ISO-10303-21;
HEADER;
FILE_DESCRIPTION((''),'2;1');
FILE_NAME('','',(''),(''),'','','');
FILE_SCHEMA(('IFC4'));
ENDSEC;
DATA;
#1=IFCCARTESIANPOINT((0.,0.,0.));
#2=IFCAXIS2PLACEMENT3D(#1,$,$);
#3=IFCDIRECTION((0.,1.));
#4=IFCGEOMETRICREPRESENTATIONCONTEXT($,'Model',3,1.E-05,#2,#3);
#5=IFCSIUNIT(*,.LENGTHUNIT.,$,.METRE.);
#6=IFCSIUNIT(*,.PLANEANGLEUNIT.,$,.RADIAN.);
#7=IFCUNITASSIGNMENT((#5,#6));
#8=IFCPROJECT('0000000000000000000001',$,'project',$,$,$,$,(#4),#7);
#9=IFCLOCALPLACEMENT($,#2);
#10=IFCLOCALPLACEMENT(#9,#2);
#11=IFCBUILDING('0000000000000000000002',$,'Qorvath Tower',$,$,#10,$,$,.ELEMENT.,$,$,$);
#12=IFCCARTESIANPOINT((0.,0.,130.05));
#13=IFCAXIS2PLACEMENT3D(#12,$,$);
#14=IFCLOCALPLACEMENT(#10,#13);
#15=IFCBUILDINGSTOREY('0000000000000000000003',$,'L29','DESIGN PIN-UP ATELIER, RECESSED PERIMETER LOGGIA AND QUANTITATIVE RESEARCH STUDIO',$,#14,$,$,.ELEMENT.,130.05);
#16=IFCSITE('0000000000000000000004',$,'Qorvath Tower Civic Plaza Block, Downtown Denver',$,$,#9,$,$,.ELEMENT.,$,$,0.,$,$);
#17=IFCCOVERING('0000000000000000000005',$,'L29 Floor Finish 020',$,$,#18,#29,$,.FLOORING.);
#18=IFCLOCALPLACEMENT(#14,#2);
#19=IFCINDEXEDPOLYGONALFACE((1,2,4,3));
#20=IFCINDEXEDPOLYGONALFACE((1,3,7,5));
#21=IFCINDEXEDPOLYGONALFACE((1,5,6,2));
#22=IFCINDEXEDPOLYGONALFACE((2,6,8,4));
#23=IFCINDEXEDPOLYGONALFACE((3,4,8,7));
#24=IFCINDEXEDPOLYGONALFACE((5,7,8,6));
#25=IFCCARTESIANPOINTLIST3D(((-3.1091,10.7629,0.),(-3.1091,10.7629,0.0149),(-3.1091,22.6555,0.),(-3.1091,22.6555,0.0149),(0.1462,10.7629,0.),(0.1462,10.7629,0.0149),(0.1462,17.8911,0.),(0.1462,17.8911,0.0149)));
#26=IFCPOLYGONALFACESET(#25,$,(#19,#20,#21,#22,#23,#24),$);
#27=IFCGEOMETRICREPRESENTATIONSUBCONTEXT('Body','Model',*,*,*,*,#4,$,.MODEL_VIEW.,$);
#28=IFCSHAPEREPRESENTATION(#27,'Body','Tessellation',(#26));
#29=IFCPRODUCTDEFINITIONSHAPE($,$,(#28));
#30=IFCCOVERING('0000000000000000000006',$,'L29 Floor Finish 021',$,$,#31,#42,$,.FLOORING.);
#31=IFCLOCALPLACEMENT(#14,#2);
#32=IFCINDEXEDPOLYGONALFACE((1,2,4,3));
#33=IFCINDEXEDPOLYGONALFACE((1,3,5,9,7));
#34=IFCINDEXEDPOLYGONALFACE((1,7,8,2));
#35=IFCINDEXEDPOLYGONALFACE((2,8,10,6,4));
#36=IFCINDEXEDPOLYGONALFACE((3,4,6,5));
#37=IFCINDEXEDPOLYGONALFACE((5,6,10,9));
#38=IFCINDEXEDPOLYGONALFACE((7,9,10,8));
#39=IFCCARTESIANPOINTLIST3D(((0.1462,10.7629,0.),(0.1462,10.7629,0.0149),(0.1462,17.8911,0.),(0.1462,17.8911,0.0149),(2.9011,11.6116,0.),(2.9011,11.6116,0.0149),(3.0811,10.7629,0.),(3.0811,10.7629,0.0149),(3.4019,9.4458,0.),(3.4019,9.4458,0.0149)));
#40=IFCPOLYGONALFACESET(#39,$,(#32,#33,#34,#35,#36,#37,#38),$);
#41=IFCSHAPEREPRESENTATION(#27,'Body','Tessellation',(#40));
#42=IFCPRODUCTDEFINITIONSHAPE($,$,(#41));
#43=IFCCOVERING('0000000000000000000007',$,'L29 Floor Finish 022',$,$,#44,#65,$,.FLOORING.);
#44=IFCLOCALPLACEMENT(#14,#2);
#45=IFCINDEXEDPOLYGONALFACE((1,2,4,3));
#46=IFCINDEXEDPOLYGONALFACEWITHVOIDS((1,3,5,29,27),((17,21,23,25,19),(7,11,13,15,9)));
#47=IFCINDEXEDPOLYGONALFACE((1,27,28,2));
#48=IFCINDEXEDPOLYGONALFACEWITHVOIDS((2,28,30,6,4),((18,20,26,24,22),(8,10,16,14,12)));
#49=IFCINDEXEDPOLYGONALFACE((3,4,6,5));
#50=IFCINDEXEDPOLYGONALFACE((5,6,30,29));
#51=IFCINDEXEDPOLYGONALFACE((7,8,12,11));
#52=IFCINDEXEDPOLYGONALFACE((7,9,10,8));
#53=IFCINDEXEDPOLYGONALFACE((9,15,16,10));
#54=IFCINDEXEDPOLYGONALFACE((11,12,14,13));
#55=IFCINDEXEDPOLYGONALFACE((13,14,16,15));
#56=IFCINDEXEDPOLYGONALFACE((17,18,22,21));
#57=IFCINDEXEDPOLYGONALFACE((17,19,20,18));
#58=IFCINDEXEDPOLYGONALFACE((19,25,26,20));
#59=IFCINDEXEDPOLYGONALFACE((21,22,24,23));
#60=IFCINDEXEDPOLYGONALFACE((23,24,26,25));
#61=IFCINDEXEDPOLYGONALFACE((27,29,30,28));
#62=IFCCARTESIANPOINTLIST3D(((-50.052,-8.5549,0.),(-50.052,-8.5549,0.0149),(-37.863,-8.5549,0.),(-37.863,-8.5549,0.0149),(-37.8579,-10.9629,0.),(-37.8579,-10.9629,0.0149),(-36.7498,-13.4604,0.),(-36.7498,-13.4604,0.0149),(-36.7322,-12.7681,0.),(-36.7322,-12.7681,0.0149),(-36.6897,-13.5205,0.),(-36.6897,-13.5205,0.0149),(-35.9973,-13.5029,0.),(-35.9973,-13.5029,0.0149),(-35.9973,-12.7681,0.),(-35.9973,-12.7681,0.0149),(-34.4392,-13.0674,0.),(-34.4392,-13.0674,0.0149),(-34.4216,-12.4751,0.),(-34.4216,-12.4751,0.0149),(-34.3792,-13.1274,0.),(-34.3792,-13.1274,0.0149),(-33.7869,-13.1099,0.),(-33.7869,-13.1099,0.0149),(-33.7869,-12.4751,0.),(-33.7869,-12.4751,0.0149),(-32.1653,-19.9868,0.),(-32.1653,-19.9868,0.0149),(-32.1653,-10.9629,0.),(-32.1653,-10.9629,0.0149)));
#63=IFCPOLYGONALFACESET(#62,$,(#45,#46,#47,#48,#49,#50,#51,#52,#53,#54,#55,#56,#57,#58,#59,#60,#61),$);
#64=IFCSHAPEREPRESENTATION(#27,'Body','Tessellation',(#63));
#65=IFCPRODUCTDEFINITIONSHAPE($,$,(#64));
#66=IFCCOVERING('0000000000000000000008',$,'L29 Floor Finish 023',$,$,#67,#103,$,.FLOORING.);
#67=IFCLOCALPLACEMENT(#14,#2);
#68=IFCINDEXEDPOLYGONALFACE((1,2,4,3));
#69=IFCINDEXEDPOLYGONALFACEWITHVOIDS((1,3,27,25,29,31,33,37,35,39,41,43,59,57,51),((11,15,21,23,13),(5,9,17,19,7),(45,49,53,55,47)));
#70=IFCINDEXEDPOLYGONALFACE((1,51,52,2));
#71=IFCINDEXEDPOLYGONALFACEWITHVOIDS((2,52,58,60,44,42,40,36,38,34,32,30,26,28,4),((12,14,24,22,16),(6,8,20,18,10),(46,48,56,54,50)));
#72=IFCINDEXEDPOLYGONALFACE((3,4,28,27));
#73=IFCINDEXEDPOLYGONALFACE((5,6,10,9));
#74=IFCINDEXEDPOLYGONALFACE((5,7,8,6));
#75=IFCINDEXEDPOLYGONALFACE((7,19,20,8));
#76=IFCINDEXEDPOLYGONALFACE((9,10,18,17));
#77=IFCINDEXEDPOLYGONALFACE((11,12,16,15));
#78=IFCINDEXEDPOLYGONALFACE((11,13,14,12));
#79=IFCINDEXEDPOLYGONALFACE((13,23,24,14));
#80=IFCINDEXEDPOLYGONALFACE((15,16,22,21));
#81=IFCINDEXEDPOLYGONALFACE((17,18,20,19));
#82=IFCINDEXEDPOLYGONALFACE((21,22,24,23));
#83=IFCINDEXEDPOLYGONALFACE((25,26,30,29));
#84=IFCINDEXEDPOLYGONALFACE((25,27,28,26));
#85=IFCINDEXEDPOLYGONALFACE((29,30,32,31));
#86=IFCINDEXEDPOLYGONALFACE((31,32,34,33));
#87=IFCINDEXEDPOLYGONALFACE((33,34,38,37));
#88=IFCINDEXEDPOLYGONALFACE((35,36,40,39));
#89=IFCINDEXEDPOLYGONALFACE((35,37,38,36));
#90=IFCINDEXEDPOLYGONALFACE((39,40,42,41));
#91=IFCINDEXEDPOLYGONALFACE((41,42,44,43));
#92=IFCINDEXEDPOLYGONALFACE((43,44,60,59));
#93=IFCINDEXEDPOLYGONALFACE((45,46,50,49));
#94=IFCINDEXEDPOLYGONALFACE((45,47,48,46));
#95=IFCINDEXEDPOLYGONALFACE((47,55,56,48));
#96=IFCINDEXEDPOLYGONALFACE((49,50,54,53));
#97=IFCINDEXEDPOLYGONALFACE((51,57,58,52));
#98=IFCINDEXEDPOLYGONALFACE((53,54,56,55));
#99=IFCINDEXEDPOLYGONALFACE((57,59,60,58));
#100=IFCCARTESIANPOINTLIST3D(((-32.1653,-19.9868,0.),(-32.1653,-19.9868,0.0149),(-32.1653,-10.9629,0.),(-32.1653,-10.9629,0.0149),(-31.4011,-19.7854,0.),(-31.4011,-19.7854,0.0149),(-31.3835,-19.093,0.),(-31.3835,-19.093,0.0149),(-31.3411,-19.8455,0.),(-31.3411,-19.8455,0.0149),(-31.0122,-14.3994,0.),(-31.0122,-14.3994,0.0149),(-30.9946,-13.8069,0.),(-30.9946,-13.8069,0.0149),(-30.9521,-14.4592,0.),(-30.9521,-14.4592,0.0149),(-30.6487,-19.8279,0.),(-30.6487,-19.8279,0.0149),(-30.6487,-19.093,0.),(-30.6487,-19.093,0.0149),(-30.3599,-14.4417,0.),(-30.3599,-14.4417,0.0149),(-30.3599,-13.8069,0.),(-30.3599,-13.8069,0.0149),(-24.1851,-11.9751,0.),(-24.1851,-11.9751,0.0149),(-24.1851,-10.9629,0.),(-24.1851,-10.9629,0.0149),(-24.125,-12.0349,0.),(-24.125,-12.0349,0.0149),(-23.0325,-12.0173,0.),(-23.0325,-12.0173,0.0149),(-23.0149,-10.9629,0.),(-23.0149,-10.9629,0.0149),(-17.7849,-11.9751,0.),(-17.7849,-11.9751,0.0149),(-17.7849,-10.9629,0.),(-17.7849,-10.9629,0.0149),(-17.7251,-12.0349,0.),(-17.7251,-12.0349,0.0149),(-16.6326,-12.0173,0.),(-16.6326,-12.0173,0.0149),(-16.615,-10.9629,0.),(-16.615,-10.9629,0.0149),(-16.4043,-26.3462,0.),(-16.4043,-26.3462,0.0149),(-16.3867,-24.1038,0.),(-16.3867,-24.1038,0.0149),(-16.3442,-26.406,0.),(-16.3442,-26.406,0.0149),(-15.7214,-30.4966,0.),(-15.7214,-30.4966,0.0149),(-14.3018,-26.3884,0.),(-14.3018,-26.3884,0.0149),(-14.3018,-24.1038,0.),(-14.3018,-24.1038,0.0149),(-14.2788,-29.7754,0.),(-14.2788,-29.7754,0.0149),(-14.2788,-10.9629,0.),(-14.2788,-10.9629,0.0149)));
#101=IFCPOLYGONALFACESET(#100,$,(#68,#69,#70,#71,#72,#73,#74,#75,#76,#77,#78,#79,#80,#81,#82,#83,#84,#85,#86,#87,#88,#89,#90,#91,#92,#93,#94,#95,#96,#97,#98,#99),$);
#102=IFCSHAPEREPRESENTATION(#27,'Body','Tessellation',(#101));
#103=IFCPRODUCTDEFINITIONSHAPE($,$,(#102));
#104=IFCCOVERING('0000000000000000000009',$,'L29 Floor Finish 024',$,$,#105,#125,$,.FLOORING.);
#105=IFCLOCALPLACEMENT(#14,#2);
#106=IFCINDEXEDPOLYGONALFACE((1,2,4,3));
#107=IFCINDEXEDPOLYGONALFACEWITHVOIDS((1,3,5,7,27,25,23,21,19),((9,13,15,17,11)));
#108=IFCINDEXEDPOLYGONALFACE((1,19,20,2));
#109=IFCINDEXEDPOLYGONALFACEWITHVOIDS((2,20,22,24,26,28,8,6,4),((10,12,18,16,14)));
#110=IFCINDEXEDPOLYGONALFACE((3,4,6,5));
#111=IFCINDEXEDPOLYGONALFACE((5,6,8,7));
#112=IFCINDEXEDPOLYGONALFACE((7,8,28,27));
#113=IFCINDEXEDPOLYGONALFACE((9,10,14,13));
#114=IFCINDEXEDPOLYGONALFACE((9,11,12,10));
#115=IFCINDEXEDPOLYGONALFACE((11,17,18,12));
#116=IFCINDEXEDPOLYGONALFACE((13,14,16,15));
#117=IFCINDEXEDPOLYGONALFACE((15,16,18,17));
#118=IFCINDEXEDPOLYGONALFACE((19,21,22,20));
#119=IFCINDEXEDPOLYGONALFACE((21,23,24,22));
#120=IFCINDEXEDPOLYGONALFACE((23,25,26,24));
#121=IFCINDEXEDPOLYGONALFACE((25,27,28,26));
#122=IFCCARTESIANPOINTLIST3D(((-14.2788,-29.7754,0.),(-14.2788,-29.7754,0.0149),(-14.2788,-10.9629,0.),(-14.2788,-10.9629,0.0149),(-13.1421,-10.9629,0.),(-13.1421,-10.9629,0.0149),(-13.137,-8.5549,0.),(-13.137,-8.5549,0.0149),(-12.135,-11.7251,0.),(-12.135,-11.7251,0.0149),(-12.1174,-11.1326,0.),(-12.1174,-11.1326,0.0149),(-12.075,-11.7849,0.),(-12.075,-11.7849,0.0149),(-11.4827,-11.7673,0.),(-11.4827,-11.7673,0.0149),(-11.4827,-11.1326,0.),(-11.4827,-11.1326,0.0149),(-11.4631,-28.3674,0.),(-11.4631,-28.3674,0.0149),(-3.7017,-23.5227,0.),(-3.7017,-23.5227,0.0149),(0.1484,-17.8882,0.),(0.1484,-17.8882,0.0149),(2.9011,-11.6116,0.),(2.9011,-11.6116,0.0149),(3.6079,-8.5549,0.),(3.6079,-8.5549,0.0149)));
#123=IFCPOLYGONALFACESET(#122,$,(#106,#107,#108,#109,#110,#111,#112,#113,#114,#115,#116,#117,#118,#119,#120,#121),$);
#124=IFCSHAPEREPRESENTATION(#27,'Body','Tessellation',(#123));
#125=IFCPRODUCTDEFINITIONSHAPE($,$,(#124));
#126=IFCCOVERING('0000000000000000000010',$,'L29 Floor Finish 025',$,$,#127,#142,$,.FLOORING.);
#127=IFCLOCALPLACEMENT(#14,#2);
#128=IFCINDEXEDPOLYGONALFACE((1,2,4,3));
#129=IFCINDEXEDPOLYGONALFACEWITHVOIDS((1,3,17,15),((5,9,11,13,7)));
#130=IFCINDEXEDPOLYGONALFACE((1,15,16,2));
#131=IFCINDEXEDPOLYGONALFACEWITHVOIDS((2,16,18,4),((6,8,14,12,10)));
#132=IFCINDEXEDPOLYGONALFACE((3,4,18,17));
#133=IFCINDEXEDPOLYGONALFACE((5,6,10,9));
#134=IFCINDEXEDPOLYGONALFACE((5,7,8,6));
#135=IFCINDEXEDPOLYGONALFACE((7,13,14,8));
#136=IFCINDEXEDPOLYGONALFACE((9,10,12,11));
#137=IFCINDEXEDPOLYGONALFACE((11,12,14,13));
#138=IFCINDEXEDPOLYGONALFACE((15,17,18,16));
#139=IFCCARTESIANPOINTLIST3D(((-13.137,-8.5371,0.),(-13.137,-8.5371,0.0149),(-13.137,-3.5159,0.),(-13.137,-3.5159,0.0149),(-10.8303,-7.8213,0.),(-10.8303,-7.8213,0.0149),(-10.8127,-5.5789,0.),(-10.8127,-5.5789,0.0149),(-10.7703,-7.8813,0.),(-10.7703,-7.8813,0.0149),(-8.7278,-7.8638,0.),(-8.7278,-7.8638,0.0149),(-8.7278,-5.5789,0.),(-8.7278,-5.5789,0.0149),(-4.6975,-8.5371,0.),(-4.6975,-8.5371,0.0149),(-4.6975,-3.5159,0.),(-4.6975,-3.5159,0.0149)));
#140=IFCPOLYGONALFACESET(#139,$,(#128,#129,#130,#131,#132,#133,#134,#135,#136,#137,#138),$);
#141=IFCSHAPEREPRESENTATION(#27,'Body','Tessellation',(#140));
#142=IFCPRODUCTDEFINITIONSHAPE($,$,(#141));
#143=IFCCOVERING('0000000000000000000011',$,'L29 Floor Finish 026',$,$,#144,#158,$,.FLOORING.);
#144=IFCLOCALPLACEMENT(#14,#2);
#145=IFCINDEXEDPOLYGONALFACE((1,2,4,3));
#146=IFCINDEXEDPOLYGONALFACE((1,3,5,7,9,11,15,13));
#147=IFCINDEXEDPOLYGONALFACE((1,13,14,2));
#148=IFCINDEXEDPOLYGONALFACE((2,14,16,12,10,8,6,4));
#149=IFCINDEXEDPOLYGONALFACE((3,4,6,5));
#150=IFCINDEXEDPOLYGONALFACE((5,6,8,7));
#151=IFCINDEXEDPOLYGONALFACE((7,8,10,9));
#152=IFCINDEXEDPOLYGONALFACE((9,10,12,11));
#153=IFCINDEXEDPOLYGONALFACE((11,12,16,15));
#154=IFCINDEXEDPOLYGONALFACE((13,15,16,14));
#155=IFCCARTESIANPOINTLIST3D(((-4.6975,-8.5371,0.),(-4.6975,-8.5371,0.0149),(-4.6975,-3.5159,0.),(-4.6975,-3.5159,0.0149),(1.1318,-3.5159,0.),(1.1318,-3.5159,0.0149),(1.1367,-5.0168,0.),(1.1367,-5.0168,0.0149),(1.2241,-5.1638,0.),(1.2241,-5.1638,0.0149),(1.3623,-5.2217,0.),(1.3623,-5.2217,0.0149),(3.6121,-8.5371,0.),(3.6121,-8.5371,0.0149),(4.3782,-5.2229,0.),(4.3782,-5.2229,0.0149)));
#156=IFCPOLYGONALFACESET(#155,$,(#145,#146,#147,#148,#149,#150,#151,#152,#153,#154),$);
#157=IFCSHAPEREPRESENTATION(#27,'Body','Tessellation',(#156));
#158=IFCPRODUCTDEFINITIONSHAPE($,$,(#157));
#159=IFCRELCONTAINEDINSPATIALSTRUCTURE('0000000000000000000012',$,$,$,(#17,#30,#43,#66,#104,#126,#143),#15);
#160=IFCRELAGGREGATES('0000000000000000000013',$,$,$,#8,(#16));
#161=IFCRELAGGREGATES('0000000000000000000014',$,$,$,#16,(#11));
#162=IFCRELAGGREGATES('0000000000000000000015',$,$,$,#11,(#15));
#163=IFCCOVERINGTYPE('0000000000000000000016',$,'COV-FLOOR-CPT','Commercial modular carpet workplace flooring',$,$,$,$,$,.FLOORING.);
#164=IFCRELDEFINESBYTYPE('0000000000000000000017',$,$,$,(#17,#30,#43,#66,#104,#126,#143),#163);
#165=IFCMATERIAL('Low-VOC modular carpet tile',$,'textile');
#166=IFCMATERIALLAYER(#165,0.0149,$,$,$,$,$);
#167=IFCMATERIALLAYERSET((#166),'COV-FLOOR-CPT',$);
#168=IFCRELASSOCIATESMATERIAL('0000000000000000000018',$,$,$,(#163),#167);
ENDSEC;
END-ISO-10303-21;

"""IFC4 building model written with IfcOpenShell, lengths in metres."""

from ifc_helpers import new_model, si_unit, direction, frame, origin, place, context, subcontext, project, spatial, polyline, outline, extrude, material, layer, layer_set, type_object, element, save


model = new_model("IFC4")

# Units and contexts
model_context = context("Model", 3, precision=1e-05, world=origin(), true_north=direction((0.0, 1.0)))
body_context = subcontext(model_context, "Body", "Model", "MODEL_VIEW")
ifc_project = project(units=[si_unit("LENGTHUNIT", "METRE"), si_unit("PLANEANGLEUNIT", "RADIAN")], contexts=[model_context])

# Site, building, storey
site_placement = place(None, origin())
site = spatial("IfcSite", under=ifc_project, at=site_placement, Name="Qorvath Tower Civic Plaza Block, Downtown Denver", CompositionType="ELEMENT", RefElevation=0.0)
building_placement = place(site_placement, origin())
building = spatial("IfcBuilding", under=site, at=building_placement, Name="Qorvath Tower", CompositionType="ELEMENT")
storey_placement = place(building_placement, frame((0.0, 0.0, 130.05)))
storey = spatial("IfcBuildingStorey", under=building, at=storey_placement, Name="L29", Description="DESIGN PIN-UP ATELIER, RECESSED PERIMETER LOGGIA AND QUANTITATIVE RESEARCH STUDIO", CompositionType="ELEMENT", Elevation=130.05)

# Coverings
ifc_material_1 = material(Name="Low-VOC modular carpet tile", Category="textile")
ifc_layer_1 = layer(ifc_material_1, 0.0149)
ifc_layer_set_1 = layer_set([ifc_layer_1], Name="COV-FLOOR-CPT")
covering_type_1 = type_object("IfcCoveringType", Name="COV-FLOOR-CPT", Description="Commercial modular carpet workplace flooring", PredefinedType="FLOORING", material=ifc_layer_set_1)
covering_1_placement = place(storey_placement, origin())
element("IfcCovering", 1, at=covering_1_placement, inside=storey, type_object=covering_type_1, Name="L29 Floor Finish 020", PredefinedType="FLOORING", context=body_context, shape_type="SweptSolid", body=[
    extrude(outline(polyline([(0.1462, 10.7629), (0.1462, 17.8911), (-3.1091, 22.6555), (-3.1091, 10.7629), (0.1462, 10.7629)])), origin(), (0.0, 0.0, 1.0), 0.0149),
])
covering_2_placement = place(storey_placement, origin())
element("IfcCovering", 2, at=covering_2_placement, inside=storey, type_object=covering_type_1, Name="L29 Floor Finish 021", PredefinedType="FLOORING", context=body_context, shape_type="SweptSolid", body=[
    extrude(outline(polyline([(3.4019, 9.4458), (2.9011, 11.6116), (0.1462, 17.8911), (0.1462, 10.7629), (3.0811, 10.7629), (3.4019, 9.4458)])), origin(), (0.0, 0.0, 1.0), 0.0149),
])
covering_3_placement = place(storey_placement, origin())
element("IfcCovering", 3, at=covering_3_placement, inside=storey, type_object=covering_type_1, Name="L29 Floor Finish 022", PredefinedType="FLOORING", context=body_context, shape_type="SweptSolid", body=[
    extrude(outline(polyline([(-32.1653, -19.9868), (-32.1653, -10.9629), (-37.8579, -10.9629), (-37.863, -8.5549), (-50.052, -8.5549), (-32.1653, -19.9868)]), holes=[polyline([(-34.4392, -13.0674), (-34.4216, -12.4751), (-33.7869, -12.4751), (-33.7869, -13.1099), (-34.3792, -13.1274), (-34.4392, -13.0674)]), polyline([(-36.7498, -13.4604), (-36.7322, -12.7681), (-35.9973, -12.7681), (-35.9973, -13.5029), (-36.6897, -13.5205), (-36.7498, -13.4604)])]), origin(), (0.0, 0.0, 1.0), 0.0149),
])
covering_4_placement = place(storey_placement, origin())
element("IfcCovering", 4, at=covering_4_placement, inside=storey, type_object=covering_type_1, Name="L29 Floor Finish 023", PredefinedType="FLOORING", context=body_context, shape_type="SweptSolid", body=[
    extrude(outline(polyline([(-14.2788, -29.7754), (-14.2788, -10.9629), (-16.615, -10.9629), (-16.6326, -12.0173), (-17.7251, -12.0349), (-17.7849, -11.9751), (-17.7849, -10.9629), (-23.0149, -10.9629), (-23.0325, -12.0173), (-24.125, -12.0349), (-24.1851, -11.9751), (-24.1851, -10.9629), (-32.1653, -10.9629), (-32.1653, -19.9868), (-15.7214, -30.4966), (-14.2788, -29.7754)]), holes=[polyline([(-16.4043, -26.3462), (-16.3867, -24.1038), (-14.3018, -24.1038), (-14.3018, -26.3884), (-16.3442, -26.406), (-16.4043, -26.3462)]), polyline([(-31.0122, -14.3994), (-30.9946, -13.8069), (-30.3599, -13.8069), (-30.3599, -14.4417), (-30.9521, -14.4592), (-31.0122, -14.3994)]), polyline([(-31.4011, -19.7854), (-31.3835, -19.093), (-30.6487, -19.093), (-30.6487, -19.8279), (-31.3411, -19.8455), (-31.4011, -19.7854)])]), origin(), (0.0, 0.0, 1.0), 0.0149),
])
covering_5_placement = place(storey_placement, origin())
element("IfcCovering", 5, at=covering_5_placement, inside=storey, type_object=covering_type_1, Name="L29 Floor Finish 024", PredefinedType="FLOORING", context=body_context, shape_type="SweptSolid", body=[
    extrude(outline(polyline([(-11.4631, -28.3674), (-3.7017, -23.5227), (0.1484, -17.8882), (2.9011, -11.6116), (3.6079, -8.5549), (-13.137, -8.5549), (-13.1421, -10.9629), (-14.2788, -10.9629), (-14.2788, -29.7754), (-11.4631, -28.3674)]), holes=[polyline([(-12.135, -11.7251), (-12.1174, -11.1326), (-11.4827, -11.1326), (-11.4827, -11.7673), (-12.075, -11.7849), (-12.135, -11.7251)])]), origin(), (0.0, 0.0, 1.0), 0.0149),
])
covering_6_placement = place(storey_placement, origin())
element("IfcCovering", 6, at=covering_6_placement, inside=storey, type_object=covering_type_1, Name="L29 Floor Finish 025", PredefinedType="FLOORING", context=body_context, shape_type="SweptSolid", body=[
    extrude(outline(polyline([(-4.6975, -8.5371), (-4.6975, -3.5159), (-13.137, -3.5159), (-13.137, -8.5371), (-4.6975, -8.5371)]), holes=[polyline([(-10.8303, -7.8213), (-10.8127, -5.5789), (-8.7278, -5.5789), (-8.7278, -7.8638), (-10.7703, -7.8813), (-10.8303, -7.8213)])]), origin(), (0.0, 0.0, 1.0), 0.0149),
])
covering_7_placement = place(storey_placement, origin())
element("IfcCovering", 7, at=covering_7_placement, inside=storey, type_object=covering_type_1, Name="L29 Floor Finish 026", PredefinedType="FLOORING", context=body_context, shape_type="SweptSolid", body=[
    extrude(outline(polyline([(1.2241, -5.1638), (1.1367, -5.0168), (1.1318, -3.5159), (-4.6975, -3.5159), (-4.6975, -8.5371), (3.6121, -8.5371), (4.3782, -5.2229), (1.3623, -5.2217), (1.2241, -5.1638)])), origin(), (0.0, 0.0, 1.0), 0.0149),
])

save(model, "model.ifc")
